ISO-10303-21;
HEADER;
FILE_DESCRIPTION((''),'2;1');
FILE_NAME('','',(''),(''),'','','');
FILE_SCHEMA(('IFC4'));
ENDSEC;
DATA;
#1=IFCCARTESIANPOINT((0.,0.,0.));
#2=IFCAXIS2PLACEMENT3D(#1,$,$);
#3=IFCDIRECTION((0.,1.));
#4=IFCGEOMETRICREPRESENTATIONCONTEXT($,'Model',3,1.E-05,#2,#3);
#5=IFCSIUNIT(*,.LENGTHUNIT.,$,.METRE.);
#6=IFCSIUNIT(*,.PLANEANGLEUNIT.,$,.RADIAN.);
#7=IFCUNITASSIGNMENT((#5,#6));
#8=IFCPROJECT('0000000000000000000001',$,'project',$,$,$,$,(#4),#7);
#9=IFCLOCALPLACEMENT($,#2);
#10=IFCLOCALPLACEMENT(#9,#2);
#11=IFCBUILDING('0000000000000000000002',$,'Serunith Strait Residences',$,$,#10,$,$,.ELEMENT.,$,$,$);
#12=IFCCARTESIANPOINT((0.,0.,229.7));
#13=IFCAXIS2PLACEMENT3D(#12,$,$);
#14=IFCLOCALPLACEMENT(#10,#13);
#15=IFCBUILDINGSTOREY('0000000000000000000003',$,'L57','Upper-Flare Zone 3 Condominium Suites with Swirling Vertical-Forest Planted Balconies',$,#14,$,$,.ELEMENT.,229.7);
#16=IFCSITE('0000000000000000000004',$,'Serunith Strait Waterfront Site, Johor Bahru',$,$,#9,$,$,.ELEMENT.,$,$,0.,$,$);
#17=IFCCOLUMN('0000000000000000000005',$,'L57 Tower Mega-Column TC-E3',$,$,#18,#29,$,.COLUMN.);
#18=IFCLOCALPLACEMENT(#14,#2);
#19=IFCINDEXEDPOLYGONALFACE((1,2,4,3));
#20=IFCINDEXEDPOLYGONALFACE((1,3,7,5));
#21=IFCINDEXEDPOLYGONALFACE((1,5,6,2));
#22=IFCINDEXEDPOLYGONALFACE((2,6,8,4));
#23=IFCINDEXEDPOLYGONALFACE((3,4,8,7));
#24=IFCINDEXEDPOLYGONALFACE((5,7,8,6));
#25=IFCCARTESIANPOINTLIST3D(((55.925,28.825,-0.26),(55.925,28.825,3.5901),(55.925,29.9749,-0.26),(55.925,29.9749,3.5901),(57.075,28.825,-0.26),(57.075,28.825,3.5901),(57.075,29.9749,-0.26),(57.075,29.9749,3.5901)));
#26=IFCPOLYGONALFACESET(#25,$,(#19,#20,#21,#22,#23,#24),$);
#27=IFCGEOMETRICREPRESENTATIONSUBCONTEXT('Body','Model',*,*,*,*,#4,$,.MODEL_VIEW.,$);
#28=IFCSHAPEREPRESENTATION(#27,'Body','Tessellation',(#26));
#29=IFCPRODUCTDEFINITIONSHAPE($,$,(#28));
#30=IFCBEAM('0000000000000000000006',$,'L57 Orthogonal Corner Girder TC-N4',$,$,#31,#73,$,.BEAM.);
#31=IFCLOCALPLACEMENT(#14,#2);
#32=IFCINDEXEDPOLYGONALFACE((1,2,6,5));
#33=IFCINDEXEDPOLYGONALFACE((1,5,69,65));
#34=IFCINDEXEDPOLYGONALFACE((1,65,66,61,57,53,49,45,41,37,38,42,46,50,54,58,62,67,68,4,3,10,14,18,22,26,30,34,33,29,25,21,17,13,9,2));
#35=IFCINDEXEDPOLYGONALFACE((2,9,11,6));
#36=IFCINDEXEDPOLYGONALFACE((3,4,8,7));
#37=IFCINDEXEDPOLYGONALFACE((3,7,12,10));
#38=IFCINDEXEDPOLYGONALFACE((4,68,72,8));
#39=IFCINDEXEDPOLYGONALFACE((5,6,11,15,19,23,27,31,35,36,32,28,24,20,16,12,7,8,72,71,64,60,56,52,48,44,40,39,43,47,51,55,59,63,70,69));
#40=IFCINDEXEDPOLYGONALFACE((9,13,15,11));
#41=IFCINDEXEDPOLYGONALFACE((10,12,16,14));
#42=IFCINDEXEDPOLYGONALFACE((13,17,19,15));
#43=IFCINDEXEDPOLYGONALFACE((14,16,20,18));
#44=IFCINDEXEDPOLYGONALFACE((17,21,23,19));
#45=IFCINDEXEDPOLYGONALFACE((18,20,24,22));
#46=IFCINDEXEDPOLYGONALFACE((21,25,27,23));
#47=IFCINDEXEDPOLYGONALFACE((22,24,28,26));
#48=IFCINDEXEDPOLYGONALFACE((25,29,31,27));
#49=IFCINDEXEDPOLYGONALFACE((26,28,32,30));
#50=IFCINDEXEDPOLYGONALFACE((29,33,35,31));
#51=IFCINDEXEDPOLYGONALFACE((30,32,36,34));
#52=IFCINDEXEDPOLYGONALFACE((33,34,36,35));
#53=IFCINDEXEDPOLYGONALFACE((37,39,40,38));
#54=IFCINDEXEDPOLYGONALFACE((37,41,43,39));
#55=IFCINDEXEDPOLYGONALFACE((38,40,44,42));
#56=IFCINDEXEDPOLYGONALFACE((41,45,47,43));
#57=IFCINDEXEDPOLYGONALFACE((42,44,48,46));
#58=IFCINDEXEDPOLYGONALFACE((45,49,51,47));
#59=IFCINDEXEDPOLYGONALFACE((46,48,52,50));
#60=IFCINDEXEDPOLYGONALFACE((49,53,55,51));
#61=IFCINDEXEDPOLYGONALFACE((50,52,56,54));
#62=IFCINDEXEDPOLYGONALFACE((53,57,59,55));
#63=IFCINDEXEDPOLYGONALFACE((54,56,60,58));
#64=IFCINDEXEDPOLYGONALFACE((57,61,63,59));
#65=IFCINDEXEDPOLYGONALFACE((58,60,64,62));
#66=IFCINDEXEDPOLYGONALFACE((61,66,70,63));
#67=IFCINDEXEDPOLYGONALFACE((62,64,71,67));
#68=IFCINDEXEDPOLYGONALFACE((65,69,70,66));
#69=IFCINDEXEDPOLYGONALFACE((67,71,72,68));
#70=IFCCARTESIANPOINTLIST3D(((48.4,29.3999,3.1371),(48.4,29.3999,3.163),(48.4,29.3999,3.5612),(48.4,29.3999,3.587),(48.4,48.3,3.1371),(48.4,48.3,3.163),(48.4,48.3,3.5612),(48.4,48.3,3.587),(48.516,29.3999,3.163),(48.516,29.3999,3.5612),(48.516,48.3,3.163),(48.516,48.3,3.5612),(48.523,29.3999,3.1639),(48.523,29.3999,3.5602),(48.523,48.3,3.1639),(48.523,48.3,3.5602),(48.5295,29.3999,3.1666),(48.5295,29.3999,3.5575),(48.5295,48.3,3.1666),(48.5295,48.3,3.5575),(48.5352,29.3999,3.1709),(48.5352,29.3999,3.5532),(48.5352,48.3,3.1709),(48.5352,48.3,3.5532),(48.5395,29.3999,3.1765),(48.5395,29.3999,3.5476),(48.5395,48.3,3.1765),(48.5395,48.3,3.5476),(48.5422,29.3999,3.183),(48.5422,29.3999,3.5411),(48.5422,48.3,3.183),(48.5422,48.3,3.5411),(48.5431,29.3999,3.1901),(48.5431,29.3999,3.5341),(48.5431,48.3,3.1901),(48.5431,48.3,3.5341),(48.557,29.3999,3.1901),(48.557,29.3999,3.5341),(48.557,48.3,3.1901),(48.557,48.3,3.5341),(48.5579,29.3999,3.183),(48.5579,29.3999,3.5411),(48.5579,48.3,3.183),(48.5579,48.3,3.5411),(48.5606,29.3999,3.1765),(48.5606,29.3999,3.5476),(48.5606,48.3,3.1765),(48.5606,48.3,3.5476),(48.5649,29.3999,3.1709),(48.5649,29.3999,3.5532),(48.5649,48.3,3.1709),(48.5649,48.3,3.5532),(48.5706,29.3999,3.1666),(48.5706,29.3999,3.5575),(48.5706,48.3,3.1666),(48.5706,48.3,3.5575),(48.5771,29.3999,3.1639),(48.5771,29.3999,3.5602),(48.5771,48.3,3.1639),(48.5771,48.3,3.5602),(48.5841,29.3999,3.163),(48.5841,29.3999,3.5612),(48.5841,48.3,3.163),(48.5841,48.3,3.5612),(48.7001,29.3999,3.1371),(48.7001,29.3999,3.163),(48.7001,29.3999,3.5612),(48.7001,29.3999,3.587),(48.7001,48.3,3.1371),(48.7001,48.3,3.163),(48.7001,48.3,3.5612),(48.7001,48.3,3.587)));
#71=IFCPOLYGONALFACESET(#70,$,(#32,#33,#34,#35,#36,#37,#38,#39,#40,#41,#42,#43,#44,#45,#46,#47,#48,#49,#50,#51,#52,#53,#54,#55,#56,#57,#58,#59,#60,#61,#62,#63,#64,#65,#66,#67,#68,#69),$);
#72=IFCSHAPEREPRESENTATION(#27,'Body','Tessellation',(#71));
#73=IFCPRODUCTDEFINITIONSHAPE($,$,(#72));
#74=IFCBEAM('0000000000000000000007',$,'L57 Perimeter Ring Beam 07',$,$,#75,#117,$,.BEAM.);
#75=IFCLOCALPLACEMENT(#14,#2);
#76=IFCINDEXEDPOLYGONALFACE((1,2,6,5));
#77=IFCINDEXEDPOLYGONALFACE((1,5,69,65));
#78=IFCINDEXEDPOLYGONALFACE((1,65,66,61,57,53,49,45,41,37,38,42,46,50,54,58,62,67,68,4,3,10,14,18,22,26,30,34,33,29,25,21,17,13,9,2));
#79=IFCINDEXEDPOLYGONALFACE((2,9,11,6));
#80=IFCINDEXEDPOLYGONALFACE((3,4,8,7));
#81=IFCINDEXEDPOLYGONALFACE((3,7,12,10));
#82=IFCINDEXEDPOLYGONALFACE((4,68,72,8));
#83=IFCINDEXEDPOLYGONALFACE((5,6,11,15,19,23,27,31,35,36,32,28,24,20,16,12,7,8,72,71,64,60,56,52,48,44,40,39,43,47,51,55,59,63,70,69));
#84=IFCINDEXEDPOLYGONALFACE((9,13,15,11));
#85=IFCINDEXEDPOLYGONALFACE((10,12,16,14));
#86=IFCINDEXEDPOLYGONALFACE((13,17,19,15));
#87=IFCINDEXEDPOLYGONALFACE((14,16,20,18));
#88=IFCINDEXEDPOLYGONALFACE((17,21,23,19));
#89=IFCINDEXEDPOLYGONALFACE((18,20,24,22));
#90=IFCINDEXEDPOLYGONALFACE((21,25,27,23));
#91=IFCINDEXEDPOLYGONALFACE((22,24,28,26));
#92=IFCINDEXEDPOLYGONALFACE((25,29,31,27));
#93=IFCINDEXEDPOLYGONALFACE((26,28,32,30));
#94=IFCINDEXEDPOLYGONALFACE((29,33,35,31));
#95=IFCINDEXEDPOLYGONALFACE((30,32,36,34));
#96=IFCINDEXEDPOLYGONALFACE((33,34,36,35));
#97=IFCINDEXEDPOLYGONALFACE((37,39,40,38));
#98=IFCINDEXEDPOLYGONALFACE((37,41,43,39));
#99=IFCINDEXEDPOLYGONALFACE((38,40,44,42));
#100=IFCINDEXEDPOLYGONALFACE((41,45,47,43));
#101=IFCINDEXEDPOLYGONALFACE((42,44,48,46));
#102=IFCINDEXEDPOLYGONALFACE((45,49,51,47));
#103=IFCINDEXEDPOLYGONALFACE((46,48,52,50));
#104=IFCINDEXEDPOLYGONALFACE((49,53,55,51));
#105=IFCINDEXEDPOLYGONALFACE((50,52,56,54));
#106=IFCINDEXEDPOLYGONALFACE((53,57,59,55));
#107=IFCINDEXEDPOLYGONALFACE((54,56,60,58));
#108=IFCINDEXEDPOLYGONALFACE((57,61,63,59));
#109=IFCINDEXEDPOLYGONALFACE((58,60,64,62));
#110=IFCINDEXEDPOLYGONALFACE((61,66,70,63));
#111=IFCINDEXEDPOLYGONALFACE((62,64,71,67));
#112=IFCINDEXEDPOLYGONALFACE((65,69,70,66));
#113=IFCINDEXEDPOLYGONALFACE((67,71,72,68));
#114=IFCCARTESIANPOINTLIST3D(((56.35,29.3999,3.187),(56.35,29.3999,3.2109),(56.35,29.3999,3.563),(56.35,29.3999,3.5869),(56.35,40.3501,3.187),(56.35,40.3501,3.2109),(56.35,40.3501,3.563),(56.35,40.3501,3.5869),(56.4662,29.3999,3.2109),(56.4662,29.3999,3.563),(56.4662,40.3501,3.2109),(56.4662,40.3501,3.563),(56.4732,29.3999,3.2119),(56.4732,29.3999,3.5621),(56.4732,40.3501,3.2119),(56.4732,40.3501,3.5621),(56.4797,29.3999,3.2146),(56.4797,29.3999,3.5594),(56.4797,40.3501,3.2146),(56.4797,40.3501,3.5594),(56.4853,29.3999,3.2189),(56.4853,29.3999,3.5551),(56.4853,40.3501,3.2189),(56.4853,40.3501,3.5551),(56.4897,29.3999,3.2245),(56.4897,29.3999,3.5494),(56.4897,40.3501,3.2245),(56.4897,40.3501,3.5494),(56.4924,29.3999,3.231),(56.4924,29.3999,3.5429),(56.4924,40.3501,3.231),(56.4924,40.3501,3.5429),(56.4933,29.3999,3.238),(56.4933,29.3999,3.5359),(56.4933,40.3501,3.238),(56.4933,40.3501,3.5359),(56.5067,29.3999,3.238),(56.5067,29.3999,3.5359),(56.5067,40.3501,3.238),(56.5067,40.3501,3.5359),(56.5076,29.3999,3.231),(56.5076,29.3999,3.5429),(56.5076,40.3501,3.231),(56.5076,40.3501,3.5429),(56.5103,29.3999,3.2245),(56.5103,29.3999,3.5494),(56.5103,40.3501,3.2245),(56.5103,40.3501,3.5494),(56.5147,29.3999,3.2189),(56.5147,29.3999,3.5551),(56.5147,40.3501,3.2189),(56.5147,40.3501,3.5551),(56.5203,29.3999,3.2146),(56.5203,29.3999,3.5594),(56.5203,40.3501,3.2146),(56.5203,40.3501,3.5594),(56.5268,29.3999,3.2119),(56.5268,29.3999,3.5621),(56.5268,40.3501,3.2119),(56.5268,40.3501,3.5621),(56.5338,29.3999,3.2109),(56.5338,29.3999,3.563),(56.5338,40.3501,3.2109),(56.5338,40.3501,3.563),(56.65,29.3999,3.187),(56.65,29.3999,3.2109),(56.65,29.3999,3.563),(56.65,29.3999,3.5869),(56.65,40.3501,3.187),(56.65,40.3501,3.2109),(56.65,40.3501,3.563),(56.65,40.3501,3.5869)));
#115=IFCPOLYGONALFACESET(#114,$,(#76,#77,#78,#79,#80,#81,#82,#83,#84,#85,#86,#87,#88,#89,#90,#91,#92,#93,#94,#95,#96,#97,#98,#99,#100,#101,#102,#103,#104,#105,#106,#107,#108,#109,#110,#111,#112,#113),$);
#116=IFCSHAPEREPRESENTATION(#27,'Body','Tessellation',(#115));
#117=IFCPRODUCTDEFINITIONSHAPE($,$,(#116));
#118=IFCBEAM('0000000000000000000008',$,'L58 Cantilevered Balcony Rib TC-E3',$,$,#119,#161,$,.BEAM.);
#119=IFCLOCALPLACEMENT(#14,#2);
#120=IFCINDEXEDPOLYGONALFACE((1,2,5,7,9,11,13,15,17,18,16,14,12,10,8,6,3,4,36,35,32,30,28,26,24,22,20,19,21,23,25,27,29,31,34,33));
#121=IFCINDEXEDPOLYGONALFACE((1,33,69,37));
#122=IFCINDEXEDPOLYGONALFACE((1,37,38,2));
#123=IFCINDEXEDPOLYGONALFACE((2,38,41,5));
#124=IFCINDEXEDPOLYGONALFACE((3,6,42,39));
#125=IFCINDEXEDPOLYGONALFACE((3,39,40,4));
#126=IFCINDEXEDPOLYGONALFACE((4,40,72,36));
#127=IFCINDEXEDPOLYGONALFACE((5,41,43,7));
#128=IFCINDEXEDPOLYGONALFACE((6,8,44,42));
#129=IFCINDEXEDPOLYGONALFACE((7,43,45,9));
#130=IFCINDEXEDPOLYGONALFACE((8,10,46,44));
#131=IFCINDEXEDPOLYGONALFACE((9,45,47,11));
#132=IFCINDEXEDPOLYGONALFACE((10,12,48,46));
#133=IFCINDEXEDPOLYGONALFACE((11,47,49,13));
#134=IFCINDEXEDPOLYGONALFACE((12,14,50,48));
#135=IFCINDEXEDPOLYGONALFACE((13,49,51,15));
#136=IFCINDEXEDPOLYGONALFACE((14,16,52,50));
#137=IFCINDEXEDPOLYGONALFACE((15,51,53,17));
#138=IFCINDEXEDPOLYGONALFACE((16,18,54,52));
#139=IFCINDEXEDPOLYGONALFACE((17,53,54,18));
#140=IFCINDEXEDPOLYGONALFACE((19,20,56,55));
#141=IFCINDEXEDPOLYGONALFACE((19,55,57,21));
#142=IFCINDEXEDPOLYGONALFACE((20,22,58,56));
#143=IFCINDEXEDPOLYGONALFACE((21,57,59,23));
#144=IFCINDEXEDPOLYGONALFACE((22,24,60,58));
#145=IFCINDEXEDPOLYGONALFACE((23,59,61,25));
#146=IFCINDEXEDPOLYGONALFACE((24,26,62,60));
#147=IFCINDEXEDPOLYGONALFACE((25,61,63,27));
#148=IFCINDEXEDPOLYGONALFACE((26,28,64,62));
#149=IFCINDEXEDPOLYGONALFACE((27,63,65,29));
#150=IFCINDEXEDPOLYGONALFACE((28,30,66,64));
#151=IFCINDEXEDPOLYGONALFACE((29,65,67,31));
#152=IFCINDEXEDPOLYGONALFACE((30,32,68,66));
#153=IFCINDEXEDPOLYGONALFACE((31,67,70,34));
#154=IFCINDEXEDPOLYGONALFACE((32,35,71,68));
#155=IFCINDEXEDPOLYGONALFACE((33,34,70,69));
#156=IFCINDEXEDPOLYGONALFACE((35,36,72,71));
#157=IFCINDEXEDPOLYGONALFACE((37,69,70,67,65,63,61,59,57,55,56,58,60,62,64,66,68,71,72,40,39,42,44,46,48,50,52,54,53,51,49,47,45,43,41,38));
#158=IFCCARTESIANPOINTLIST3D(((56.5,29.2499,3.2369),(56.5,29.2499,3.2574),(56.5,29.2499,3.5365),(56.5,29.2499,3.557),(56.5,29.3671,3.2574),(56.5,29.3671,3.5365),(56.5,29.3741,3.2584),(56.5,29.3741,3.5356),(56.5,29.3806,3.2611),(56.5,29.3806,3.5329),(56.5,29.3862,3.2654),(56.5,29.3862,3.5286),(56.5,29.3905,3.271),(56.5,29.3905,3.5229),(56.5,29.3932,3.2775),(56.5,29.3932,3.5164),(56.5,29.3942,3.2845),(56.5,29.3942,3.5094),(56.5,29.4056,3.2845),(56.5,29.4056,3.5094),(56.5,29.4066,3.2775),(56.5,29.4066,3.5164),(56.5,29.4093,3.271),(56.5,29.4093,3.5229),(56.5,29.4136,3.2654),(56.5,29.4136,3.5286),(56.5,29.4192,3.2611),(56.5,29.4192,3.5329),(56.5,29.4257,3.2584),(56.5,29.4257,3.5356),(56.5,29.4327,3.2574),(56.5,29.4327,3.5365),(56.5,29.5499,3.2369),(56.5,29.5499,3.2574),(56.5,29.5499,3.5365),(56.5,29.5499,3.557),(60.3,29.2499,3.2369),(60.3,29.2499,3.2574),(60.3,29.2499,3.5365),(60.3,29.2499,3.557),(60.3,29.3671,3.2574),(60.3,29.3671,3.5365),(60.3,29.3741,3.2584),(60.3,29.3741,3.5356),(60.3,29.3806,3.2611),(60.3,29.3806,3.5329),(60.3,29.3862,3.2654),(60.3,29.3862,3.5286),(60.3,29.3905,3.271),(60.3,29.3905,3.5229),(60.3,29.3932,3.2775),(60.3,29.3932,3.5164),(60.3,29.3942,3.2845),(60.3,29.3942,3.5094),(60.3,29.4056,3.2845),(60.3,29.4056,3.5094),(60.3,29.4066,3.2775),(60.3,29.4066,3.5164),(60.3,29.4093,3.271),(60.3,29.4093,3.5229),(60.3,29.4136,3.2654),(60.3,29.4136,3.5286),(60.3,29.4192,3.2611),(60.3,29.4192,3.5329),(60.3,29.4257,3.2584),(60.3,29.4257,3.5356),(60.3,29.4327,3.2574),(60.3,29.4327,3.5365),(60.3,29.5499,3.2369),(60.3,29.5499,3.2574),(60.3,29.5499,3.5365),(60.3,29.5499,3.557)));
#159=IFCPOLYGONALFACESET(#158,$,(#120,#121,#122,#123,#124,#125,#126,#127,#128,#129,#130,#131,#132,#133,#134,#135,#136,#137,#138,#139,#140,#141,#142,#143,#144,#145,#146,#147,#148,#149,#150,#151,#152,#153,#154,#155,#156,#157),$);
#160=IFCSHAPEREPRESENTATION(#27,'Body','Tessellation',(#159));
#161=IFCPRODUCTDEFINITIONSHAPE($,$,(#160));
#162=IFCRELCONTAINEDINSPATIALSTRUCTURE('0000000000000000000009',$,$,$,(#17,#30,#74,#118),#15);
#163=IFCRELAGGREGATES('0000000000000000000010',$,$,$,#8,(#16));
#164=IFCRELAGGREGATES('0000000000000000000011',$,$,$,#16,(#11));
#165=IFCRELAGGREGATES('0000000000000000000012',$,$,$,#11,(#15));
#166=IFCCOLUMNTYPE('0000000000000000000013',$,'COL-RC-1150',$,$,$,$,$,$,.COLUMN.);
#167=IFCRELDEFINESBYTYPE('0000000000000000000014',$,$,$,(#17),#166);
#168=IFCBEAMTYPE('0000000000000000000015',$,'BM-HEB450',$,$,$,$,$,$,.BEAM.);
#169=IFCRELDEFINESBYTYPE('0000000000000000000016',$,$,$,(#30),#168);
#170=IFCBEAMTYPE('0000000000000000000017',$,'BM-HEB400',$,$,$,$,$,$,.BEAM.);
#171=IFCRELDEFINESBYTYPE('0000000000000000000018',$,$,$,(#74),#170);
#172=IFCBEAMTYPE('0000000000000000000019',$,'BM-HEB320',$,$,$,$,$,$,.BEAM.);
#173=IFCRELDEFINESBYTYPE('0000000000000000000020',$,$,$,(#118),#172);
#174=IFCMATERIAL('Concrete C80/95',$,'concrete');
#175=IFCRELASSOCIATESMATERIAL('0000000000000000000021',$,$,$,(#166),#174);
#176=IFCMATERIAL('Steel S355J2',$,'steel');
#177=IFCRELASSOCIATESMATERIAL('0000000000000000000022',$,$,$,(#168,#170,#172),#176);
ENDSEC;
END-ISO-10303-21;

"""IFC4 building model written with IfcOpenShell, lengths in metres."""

from ifc_helpers import new_model, si_unit, direction, frame, origin, origin_2d, place, context, subcontext, project, spatial, rectangle, i_section, extrude, source, transform, mapped, material, material_profile, profile_set, type_object, element, save


model = new_model("IFC4")

# Units and contexts
model_context = context("Model", 3, precision=1e-05, world=origin(), true_north=direction((0.0, 1.0)))
body_context = subcontext(model_context, "Body", "Model", "MODEL_VIEW")
ifc_project = project(units=[si_unit("LENGTHUNIT", "METRE"), si_unit("PLANEANGLEUNIT", "RADIAN")], contexts=[model_context])

# Site, building, storey
site_placement = place(None, origin())
site = spatial("IfcSite", under=ifc_project, at=site_placement, Name="Serunith Strait Waterfront Site, Johor Bahru", CompositionType="ELEMENT", RefElevation=0.0)
building_placement = place(site_placement, origin())
building = spatial("IfcBuilding", under=site, at=building_placement, Name="Serunith Strait Residences", CompositionType="ELEMENT")
storey_placement = place(building_placement, frame((0.0, 0.0, 229.7)))
storey = spatial("IfcBuildingStorey", under=building, at=storey_placement, Name="L57", Description="Upper-Flare Zone 3 Condominium Suites with Swirling Vertical-Forest Planted Balconies", CompositionType="ELEMENT", Elevation=229.7)

# Column
ifc_material_1 = material(Name="Concrete C80/95", Category="concrete")
ifc_material_profile_1 = material_profile(ifc_material_1, rectangle(XDim=1.1499, YDim=1.1499, at=origin_2d()), Name="RC 1150x1150")
ifc_profile_set_1 = profile_set([ifc_material_profile_1], Name="Concrete C80/95")
column_type = type_object("IfcColumnType", Name="COL-RC-1150", PredefinedType="COLUMN", material=ifc_profile_set_1)
shared_shape_1 = source(origin(), body_context, "Body", "SweptSolid", [
    extrude(rectangle(XDim=1.1499, YDim=1.1499, at=origin_2d()), origin(), (0.0, 0.0, 1.0), 3.8501),
])
column_placement = place(storey_placement, frame((56.5, 29.3999, -0.26), z_axis=(0.0, 0.0, 1.0), x_axis=(1.0, 0.0, 0.0)))
element("IfcColumn", 1, at=column_placement, inside=storey, type_object=column_type, Name="L57 Tower Mega-Column TC-E3", PredefinedType="COLUMN", context=body_context, shape_type="MappedRepresentation", body=[
    mapped(shared_shape_1, transform((0.0, 0.0, 0.0), scale=1.0)),
])

# Beams
ifc_material_2 = material(Name="Steel S355J2", Category="steel")
ifc_material_profile_2 = material_profile(ifc_material_2, i_section(OverallWidth=0.3, OverallDepth=0.45, WebThickness=0.0139, FlangeThickness=0.0259, FilletRadius=0.0271, at=origin_2d()), Name="HEB 450")
ifc_profile_set_2 = profile_set([ifc_material_profile_2], Name="Steel S355J2")
beam_type_1 = type_object("IfcBeamType", Name="BM-HEB450", PredefinedType="BEAM", material=ifc_profile_set_2)
shared_shape_2 = source(origin(), body_context, "Body", "SweptSolid", [
    extrude(i_section(OverallWidth=0.3, OverallDepth=0.45, WebThickness=0.0139, FlangeThickness=0.0259, FilletRadius=0.0271, at=origin_2d()), origin(), (0.0, 0.0, 1.0), 18.9001),
])
beam_1_placement = place(storey_placement, frame((48.55, 29.3999, 3.3621), z_axis=(0.0, 1.0, 0.0), x_axis=(-1.0, 0.0, 0.0)))
element("IfcBeam", 2, at=beam_1_placement, inside=storey, type_object=beam_type_1, Name="L57 Orthogonal Corner Girder TC-N4", PredefinedType="BEAM", context=body_context, shape_type="MappedRepresentation", body=[
    mapped(shared_shape_2, transform((0.0, 0.0, 0.0), scale=1.0)),
])
ifc_material_profile_3 = material_profile(ifc_material_2, i_section(OverallWidth=0.3, OverallDepth=0.3999, WebThickness=0.0134, FlangeThickness=0.0239, FilletRadius=0.0271, at=origin_2d()), Name="HEB 400")
ifc_profile_set_3 = profile_set([ifc_material_profile_3], Name="Steel S355J2")
beam_type_2 = type_object("IfcBeamType", Name="BM-HEB400", PredefinedType="BEAM", material=ifc_profile_set_3)
shared_shape_3 = source(origin(), body_context, "Body", "SweptSolid", [
    extrude(i_section(OverallWidth=0.3, OverallDepth=0.3999, WebThickness=0.0134, FlangeThickness=0.0239, FilletRadius=0.0271, at=origin_2d()), origin(), (0.0, 0.0, 1.0), 10.9502),
])
beam_2_placement = place(storey_placement, frame((56.5, 29.3999, 3.387), z_axis=(0.0, 1.0, 0.0), x_axis=(-1.0, 0.0, 0.0)))
element("IfcBeam", 3, at=beam_2_placement, inside=storey, type_object=beam_type_2, Name="L57 Perimeter Ring Beam 07", PredefinedType="BEAM", context=body_context, shape_type="MappedRepresentation", body=[
    mapped(shared_shape_3, transform((0.0, 0.0, 0.0), scale=1.0)),
])
ifc_material_profile_4 = material_profile(ifc_material_2, i_section(OverallWidth=0.3, OverallDepth=0.3201, WebThickness=0.0115, FlangeThickness=0.0205, FilletRadius=0.0271, at=origin_2d()), Name="HEB 320")
ifc_profile_set_4 = profile_set([ifc_material_profile_4], Name="Steel S355J2")
beam_type_3 = type_object("IfcBeamType", Name="BM-HEB320", PredefinedType="BEAM", material=ifc_profile_set_4)
shared_shape_4 = source(origin(), body_context, "Body", "SweptSolid", [
    extrude(i_section(OverallWidth=0.3, OverallDepth=0.3201, WebThickness=0.0115, FlangeThickness=0.0205, FilletRadius=0.0271, at=origin_2d()), origin(), (0.0, 0.0, 1.0), 3.8),
])
beam_3_placement = place(storey_placement, frame((56.5, 29.3999, 3.397), z_axis=(1.0, 0.0, 0.0), x_axis=(0.0, 1.0, 0.0)))
element("IfcBeam", 4, at=beam_3_placement, inside=storey, type_object=beam_type_3, Name="L58 Cantilevered Balcony Rib TC-E3", PredefinedType="BEAM", context=body_context, shape_type="MappedRepresentation", body=[
    mapped(shared_shape_4, transform((0.0, 0.0, 0.0), scale=1.0)),
])

save(model, "model.ifc")
